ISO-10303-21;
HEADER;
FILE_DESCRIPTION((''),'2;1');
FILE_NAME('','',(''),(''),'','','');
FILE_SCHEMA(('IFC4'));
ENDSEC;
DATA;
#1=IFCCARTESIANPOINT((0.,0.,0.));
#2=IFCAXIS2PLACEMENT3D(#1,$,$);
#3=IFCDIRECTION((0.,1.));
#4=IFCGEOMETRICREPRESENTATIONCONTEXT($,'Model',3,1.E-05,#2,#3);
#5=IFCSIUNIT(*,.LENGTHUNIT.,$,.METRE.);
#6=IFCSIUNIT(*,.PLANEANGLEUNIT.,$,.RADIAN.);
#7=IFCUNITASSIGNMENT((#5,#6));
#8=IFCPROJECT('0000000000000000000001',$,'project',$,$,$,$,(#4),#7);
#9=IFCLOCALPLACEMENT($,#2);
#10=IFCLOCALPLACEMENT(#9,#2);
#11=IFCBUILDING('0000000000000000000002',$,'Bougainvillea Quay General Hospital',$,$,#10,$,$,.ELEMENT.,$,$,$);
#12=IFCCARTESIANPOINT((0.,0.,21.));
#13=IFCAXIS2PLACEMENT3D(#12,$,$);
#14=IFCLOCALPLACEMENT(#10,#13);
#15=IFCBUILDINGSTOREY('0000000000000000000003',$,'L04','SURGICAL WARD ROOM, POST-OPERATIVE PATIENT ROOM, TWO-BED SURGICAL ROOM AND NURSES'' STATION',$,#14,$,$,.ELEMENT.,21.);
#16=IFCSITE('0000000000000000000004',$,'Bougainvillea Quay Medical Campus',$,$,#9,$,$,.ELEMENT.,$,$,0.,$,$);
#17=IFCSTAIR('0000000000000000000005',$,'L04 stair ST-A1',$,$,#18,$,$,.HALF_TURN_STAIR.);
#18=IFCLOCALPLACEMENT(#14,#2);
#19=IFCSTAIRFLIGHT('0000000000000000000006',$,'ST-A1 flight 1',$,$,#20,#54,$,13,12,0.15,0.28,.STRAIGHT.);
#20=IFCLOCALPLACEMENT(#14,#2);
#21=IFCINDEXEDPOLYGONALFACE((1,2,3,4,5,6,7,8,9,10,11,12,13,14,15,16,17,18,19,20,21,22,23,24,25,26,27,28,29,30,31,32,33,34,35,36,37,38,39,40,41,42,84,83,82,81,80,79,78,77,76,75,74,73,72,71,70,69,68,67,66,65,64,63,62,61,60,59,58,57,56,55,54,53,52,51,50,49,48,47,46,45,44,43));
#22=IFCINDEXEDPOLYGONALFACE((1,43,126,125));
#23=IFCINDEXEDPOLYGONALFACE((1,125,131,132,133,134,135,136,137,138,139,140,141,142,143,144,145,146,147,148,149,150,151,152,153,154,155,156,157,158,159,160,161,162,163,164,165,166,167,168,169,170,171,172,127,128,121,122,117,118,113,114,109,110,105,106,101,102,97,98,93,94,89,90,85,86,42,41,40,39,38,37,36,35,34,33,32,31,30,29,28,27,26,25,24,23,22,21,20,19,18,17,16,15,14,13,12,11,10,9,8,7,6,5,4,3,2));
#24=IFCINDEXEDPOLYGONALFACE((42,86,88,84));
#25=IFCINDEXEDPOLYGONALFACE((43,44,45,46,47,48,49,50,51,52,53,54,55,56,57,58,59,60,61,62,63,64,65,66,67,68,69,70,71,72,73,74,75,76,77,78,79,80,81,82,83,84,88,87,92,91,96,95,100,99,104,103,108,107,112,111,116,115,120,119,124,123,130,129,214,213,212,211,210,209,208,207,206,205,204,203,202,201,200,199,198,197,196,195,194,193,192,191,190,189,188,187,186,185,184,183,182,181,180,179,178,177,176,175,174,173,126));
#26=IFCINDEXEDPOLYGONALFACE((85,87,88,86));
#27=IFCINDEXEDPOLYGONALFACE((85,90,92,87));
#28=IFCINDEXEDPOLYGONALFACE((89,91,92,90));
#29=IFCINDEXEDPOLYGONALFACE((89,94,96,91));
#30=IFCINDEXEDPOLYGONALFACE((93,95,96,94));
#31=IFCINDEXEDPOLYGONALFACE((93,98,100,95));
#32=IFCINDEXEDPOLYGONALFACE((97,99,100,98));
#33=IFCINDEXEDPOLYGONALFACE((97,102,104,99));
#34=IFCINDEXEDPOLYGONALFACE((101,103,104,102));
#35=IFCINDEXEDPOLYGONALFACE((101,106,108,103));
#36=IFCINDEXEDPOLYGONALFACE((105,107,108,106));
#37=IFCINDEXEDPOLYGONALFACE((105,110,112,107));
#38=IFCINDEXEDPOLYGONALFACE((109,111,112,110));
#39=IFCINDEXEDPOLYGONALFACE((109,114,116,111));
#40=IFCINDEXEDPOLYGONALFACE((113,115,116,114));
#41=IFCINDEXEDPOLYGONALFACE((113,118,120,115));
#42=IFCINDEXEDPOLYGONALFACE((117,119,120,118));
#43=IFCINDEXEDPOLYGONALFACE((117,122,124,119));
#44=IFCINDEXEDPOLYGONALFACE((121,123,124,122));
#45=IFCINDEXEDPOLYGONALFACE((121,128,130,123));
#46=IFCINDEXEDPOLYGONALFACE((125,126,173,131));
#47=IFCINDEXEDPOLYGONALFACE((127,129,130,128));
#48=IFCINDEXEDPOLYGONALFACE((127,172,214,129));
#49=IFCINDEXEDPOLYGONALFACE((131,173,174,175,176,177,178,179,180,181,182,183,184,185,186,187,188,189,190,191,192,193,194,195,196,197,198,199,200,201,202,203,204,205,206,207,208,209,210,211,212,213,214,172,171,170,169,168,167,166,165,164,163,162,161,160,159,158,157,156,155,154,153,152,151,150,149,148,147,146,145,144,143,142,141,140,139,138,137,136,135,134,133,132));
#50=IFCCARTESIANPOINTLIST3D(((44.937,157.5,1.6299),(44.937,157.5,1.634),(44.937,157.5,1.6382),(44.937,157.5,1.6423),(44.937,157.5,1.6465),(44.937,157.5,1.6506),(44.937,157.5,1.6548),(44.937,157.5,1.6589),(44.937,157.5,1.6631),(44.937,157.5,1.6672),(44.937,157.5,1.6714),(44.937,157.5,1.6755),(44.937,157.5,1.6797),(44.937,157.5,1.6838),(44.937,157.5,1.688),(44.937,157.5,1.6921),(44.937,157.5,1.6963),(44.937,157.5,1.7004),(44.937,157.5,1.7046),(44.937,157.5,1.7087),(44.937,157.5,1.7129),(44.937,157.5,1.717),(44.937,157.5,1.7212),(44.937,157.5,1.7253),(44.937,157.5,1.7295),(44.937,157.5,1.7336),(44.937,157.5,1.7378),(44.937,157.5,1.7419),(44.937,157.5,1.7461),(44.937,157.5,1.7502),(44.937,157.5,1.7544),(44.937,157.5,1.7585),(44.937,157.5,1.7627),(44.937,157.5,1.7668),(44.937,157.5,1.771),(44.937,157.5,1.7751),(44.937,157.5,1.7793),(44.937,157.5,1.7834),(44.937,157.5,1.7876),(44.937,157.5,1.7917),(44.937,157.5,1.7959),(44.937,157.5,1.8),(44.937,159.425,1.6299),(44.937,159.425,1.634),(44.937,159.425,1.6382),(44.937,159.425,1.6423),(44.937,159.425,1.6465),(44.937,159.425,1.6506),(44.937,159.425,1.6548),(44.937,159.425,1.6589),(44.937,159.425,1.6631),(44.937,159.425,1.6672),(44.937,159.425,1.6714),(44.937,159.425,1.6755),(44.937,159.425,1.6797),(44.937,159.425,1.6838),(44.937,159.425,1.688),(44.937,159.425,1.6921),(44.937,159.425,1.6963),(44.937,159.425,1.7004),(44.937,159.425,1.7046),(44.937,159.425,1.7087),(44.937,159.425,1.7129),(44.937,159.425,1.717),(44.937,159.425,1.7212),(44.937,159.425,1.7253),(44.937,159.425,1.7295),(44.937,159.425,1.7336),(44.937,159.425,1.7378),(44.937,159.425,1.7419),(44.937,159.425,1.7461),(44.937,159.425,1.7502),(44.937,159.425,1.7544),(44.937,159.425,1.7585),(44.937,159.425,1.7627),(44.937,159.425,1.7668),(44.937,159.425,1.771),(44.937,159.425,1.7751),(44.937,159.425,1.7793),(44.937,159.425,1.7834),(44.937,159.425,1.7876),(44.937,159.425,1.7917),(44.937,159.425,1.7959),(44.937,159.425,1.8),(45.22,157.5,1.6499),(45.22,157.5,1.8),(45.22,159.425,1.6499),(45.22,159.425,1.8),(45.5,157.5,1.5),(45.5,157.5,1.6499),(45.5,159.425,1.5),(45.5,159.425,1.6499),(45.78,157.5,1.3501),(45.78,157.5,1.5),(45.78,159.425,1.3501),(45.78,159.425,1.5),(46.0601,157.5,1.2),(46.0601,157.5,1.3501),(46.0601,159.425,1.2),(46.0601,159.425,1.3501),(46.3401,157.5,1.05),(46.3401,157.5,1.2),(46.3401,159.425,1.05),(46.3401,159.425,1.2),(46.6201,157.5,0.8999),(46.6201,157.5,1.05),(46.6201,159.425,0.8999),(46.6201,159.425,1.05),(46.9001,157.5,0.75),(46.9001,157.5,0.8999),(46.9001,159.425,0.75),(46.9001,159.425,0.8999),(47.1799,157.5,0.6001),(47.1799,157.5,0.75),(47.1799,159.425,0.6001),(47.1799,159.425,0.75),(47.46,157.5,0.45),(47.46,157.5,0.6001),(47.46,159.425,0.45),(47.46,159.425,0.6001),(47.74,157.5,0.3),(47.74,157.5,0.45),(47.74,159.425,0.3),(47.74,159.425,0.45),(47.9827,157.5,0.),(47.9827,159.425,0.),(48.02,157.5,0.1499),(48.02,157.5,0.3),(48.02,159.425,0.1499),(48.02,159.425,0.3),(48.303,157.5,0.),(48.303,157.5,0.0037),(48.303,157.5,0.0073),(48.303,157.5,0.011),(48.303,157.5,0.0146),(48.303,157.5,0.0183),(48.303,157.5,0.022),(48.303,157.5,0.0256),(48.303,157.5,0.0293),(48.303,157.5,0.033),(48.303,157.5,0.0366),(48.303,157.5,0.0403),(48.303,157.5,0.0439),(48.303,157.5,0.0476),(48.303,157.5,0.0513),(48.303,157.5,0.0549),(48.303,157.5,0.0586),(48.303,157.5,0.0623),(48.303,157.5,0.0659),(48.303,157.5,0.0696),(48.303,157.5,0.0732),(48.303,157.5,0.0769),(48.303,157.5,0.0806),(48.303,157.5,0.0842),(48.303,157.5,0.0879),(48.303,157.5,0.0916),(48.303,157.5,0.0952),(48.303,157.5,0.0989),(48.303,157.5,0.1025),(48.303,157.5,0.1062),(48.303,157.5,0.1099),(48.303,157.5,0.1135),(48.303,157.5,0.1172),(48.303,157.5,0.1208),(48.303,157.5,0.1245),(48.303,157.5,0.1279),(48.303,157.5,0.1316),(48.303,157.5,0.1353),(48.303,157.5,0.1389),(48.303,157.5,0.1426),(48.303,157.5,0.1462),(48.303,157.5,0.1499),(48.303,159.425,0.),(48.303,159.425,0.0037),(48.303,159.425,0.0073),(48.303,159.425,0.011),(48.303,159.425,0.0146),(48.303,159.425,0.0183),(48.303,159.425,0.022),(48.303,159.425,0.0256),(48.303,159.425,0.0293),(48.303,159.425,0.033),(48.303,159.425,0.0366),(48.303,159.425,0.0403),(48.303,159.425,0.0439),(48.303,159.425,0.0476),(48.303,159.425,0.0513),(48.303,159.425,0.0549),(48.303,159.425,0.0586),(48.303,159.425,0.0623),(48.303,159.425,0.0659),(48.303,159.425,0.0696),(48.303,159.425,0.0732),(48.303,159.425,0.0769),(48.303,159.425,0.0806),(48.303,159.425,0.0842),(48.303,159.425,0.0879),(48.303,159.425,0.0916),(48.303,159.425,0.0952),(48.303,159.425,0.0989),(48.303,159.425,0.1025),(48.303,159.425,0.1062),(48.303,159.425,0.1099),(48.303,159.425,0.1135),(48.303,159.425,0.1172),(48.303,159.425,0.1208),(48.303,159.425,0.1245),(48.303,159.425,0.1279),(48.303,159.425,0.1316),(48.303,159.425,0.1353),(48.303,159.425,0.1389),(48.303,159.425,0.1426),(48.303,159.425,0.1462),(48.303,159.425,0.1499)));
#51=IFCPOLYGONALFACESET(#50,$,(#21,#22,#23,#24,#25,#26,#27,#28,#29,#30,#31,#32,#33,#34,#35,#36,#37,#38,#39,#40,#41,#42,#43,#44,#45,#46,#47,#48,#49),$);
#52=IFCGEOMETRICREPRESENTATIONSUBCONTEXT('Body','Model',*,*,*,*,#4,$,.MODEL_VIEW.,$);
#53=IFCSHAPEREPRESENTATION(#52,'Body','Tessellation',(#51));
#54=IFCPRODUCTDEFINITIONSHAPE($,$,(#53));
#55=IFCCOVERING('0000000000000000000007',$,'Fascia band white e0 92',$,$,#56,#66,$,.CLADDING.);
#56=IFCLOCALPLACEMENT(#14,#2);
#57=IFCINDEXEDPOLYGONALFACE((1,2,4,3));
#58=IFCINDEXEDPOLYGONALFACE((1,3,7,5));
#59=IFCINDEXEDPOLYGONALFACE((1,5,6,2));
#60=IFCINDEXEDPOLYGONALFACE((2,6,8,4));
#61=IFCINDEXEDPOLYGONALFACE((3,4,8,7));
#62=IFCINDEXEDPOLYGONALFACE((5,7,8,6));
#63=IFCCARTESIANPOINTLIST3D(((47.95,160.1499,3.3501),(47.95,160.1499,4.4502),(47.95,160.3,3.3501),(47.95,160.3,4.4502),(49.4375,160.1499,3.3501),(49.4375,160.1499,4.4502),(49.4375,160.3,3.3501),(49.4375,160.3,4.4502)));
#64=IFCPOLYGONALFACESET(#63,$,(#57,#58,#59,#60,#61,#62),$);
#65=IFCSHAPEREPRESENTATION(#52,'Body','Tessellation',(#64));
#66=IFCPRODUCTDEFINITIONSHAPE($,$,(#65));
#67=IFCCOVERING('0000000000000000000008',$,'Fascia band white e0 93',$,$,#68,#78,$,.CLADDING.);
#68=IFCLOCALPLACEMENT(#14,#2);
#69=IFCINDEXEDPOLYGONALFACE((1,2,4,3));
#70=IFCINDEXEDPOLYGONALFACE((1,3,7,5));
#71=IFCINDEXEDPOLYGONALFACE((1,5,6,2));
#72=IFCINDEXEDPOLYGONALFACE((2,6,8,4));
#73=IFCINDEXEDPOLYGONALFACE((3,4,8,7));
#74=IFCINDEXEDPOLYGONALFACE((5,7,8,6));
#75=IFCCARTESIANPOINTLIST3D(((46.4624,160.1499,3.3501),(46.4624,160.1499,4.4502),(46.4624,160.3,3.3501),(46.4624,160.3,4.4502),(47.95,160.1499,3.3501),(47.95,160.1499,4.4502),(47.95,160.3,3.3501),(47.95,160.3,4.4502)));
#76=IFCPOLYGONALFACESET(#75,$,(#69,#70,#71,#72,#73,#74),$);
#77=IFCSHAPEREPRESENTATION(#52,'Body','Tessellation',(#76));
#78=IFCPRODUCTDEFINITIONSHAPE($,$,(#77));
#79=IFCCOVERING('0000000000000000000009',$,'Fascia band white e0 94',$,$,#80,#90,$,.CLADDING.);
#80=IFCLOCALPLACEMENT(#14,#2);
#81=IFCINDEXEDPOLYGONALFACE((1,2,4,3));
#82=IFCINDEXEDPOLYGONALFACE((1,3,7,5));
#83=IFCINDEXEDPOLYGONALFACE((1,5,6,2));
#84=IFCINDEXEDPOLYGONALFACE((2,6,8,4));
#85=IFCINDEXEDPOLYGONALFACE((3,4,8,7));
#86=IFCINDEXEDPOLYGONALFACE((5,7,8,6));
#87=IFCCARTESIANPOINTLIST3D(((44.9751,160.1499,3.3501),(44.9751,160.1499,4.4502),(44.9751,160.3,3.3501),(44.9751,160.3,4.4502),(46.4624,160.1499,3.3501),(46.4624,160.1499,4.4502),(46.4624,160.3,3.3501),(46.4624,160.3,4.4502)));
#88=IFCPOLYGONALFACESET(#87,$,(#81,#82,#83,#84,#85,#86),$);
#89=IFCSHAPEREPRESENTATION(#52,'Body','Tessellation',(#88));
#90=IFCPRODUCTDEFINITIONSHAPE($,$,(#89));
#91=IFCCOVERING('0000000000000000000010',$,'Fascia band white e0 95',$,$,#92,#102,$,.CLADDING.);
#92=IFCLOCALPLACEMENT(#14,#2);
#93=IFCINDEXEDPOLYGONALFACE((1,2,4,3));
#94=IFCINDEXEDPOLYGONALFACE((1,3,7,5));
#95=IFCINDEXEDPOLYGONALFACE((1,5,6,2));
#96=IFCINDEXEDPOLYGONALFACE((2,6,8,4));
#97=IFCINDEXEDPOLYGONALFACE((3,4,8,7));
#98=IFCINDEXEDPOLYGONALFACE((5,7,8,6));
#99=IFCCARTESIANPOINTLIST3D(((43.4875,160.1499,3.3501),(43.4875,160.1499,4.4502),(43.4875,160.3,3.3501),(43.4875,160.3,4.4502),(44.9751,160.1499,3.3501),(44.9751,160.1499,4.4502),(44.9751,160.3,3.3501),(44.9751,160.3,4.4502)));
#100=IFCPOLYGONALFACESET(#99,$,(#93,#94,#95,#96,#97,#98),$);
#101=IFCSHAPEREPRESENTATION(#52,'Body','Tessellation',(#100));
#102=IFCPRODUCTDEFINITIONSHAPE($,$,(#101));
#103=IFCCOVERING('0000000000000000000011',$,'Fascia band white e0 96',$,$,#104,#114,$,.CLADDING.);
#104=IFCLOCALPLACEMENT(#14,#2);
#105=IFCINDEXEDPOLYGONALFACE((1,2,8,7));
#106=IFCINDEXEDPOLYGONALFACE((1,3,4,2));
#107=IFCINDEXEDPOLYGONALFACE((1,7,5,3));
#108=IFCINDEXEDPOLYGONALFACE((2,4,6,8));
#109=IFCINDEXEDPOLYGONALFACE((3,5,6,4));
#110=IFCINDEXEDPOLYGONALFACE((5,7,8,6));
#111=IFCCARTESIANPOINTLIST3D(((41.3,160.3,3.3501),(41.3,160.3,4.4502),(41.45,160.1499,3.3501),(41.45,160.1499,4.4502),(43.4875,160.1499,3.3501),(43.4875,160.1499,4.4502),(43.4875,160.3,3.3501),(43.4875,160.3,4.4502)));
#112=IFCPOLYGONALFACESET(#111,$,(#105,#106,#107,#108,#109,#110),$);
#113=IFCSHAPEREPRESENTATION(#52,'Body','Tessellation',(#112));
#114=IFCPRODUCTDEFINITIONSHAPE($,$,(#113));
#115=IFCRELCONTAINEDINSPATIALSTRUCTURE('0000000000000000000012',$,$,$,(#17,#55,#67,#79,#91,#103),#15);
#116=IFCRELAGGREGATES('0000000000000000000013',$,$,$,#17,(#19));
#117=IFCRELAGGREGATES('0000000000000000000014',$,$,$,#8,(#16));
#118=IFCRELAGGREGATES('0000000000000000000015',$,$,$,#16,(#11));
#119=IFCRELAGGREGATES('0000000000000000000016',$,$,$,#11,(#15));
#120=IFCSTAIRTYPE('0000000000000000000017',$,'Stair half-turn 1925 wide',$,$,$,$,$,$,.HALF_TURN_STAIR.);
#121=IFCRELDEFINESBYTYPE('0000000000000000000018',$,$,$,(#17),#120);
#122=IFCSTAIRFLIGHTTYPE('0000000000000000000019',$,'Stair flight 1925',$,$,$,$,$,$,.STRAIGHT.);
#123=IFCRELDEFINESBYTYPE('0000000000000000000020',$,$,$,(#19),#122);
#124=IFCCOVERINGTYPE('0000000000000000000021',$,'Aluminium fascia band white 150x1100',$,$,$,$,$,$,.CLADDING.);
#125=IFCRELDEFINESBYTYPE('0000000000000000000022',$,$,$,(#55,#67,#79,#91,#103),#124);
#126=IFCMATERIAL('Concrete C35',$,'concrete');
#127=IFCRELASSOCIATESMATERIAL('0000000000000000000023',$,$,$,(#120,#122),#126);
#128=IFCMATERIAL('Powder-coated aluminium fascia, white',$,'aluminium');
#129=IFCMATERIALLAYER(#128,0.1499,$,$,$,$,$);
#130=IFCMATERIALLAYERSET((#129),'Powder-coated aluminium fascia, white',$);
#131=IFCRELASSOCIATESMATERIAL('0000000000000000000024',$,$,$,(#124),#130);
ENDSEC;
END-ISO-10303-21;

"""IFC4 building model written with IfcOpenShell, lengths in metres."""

from ifc_helpers import new_model, si_unit, direction, frame, origin, place, context, subcontext, project, spatial, polyline, outline, extrude, material, layer, layer_set, type_object, element, aggregate, save


model = new_model("IFC4")

# Units and contexts
model_context = context("Model", 3, precision=1e-05, world=origin(), true_north=direction((0.0, 1.0)))
body_context = subcontext(model_context, "Body", "Model", "MODEL_VIEW")
ifc_project = project(units=[si_unit("LENGTHUNIT", "METRE"), si_unit("PLANEANGLEUNIT", "RADIAN")], contexts=[model_context])

# Site, building, storey
site_placement = place(None, origin())
site = spatial("IfcSite", under=ifc_project, at=site_placement, Name="Bougainvillea Quay Medical Campus", CompositionType="ELEMENT", RefElevation=0.0)
building_placement = place(site_placement, origin())
building = spatial("IfcBuilding", under=site, at=building_placement, Name="Bougainvillea Quay General Hospital", CompositionType="ELEMENT")
storey_placement = place(building_placement, frame((0.0, 0.0, 21.0)))
storey = spatial("IfcBuildingStorey", under=building, at=storey_placement, Name="L04", Description="SURGICAL WARD ROOM, POST-OPERATIVE PATIENT ROOM, TWO-BED SURGICAL ROOM AND NURSES' STATION", CompositionType="ELEMENT", Elevation=21.0)

# Stair, stair flight
ifc_material_1 = material(Name="Concrete C35", Category="concrete")
stair_type = type_object("IfcStairType", Name="Stair half-turn 1925 wide", PredefinedType="HALF_TURN_STAIR", material=ifc_material_1)
stair_placement = place(storey_placement, origin())
stair = element("IfcStair", 1, at=stair_placement, inside=storey, type_object=stair_type, Name="L04 stair ST-A1", PredefinedType="HALF_TURN_STAIR")
stair_flight_type = type_object("IfcStairFlightType", Name="Stair flight 1925", PredefinedType="STRAIGHT", material=ifc_material_1)
stair_flight_1_placement = place(storey_placement, frame((48.3, 158.4624, 0.0), z_axis=(0.0, 0.0, 1.0), x_axis=(-1.0, 0.0, 0.0)))
stair_flight_1 = element("IfcStairFlight", 2, at=stair_flight_1_placement, type_object=stair_flight_type, Name="ST-A1 flight 1", NumberOfRisers=13, NumberOfTreads=12, PredefinedType="STRAIGHT", RiserHeight=0.15, TreadLength=0.28, context=body_context, shape_type="SweptSolid", body=[
    extrude(outline(polyline([(-0.0029, 0.0), (-0.0029, 0.0037), (-0.0029, 0.0073), (-0.0029, 0.011), (-0.0029, 0.0146), (-0.0029, 0.0183), (-0.0029, 0.022), (-0.0029, 0.0256), (-0.0029, 0.0293), (-0.0029, 0.033), (-0.0029, 0.0366), (-0.0029, 0.0403), (-0.0029, 0.0439), (-0.0029, 0.0476), (-0.0029, 0.0513), (-0.0029, 0.0549), (-0.0029, 0.0586), (-0.0029, 0.0623), (-0.0029, 0.0659), (-0.0029, 0.0696), (-0.0029, 0.0732), (-0.0029, 0.0769), (-0.0029, 0.0806), (-0.0029, 0.0842), (-0.0029, 0.0879), (-0.0029, 0.0916), (-0.0029, 0.0952), (-0.0029, 0.0989), (-0.0029, 0.1025), (-0.0029, 0.1062), (-0.0029, 0.1099), (-0.0029, 0.1135), (-0.0029, 0.1172), (-0.0029, 0.1208), (-0.0029, 0.1245), (-0.0029, 0.1279), (-0.0029, 0.1316), (-0.0029, 0.1353), (-0.0029, 0.1389), (-0.0029, 0.1426), (-0.0029, 0.1462), (-0.0029, 0.1499), (0.28, 0.1499), (0.28, 0.3), (0.5601, 0.3), (0.5601, 0.45), (0.8401, 0.45), (0.8401, 0.6001), (1.1201, 0.6001), (1.1201, 0.75), (1.3999, 0.75), (1.3999, 0.8999), (1.6799, 0.8999), (1.6799, 1.05), (1.96, 1.05), (1.96, 1.2), (2.24, 1.2), (2.24, 1.3501), (2.52, 1.3501), (2.52, 1.5), (2.8, 1.5), (2.8, 1.6499), (3.0801, 1.6499), (3.0801, 1.8), (3.363, 1.8), (3.363, 1.7959), (3.363, 1.7917), (3.363, 1.7876), (3.363, 1.7834), (3.363, 1.7793), (3.363, 1.7751), (3.363, 1.771), (3.363, 1.7668), (3.363, 1.7627), (3.363, 1.7585), (3.363, 1.7544), (3.363, 1.7502), (3.363, 1.7461), (3.363, 1.7419), (3.363, 1.7378), (3.363, 1.7336), (3.363, 1.7295), (3.363, 1.7253), (3.363, 1.7212), (3.363, 1.717), (3.363, 1.7129), (3.363, 1.7087), (3.363, 1.7046), (3.363, 1.7004), (3.363, 1.6963), (3.363, 1.6921), (3.363, 1.688), (3.363, 1.6838), (3.363, 1.6797), (3.363, 1.6755), (3.363, 1.6714), (3.363, 1.6672), (3.363, 1.6631), (3.363, 1.6589), (3.363, 1.6548), (3.363, 1.6506), (3.363, 1.6465), (3.363, 1.6423), (3.363, 1.6382), (3.363, 1.634), (3.363, 1.6299), (0.3174, 0.0), (-0.0029, 0.0)])), frame((0.0, 0.9624, 0.0), z_axis=(0.0, -1.0, 0.0), x_axis=(1.0, 0.0, 0.0)), (0.0, 0.0, 1.0), 1.925),
])
aggregate(stair, [stair_flight_1])

# Coverings
ifc_material_2 = material(Name="Powder-coated aluminium fascia, white", Category="aluminium")
ifc_layer_1 = layer(ifc_material_2, 0.1499)
ifc_layer_set_1 = layer_set([ifc_layer_1], Name="Powder-coated aluminium fascia, white")
covering_type = type_object("IfcCoveringType", Name="Aluminium fascia band white 150x1100", PredefinedType="CLADDING", material=ifc_layer_set_1)
for number, where, z_axis, x_axis, name in (
    (3, (49.4375, 160.1499, 3.3501), (0.0, 0.0, 1.0), (-1.0, 0.0, 0.0), "Fascia band white e0 92"),
    (4, (47.95, 160.1499, 3.3501), (0.0, 0.0, 1.0), (-1.0, 0.0, 0.0), "Fascia band white e0 93"),
):
    element("IfcCovering", number, at=place(storey_placement, frame(where, z_axis=z_axis, x_axis=x_axis)), inside=storey, type_object=covering_type, Name=name, PredefinedType="CLADDING", context=body_context, shape_type="SweptSolid", body=[
        extrude(outline(polyline([(0.0, 0.0), (1.4875, 0.0), (1.4875, -0.1501), (0.0, -0.1501), (0.0, 0.0)])), origin(), (0.0, 0.0, 1.0), 1.1001),
    ])
covering_1_placement = place(storey_placement, frame((46.4624, 160.1499, 3.3501), z_axis=(0.0, 0.0, 1.0), x_axis=(-1.0, 0.0, 0.0)))
element("IfcCovering", 5, at=covering_1_placement, inside=storey, type_object=covering_type, Name="Fascia band white e0 94", PredefinedType="CLADDING", context=body_context, shape_type="SweptSolid", body=[
    extrude(outline(polyline([(0.0, 0.0), (1.4873, 0.0), (1.4873, -0.1501), (0.0, -0.1501), (0.0, 0.0)])), origin(), (0.0, 0.0, 1.0), 1.1001),
])
covering_2_placement = place(storey_placement, frame((44.9751, 160.1499, 3.3501), z_axis=(0.0, 0.0, 1.0), x_axis=(-1.0, 0.0, 0.0)))
element("IfcCovering", 6, at=covering_2_placement, inside=storey, type_object=covering_type, Name="Fascia band white e0 95", PredefinedType="CLADDING", context=body_context, shape_type="SweptSolid", body=[
    extrude(outline(polyline([(0.0, 0.0), (1.4875, 0.0), (1.4875, -0.1501), (0.0, -0.1501), (0.0, 0.0)])), origin(), (0.0, 0.0, 1.0), 1.1001),
])
covering_3_placement = place(storey_placement, frame((43.4875, 160.1499, 3.3501), z_axis=(0.0, 0.0, 1.0), x_axis=(-1.0, 0.0, 0.0)))
element("IfcCovering", 7, at=covering_3_placement, inside=storey, type_object=covering_type, Name="Fascia band white e0 96", PredefinedType="CLADDING", context=body_context, shape_type="SweptSolid", body=[
    extrude(outline(polyline([(0.0, 0.0), (2.0376, 0.0), (2.1875, -0.1501), (0.0, -0.1501), (0.0, 0.0)])), origin(), (0.0, 0.0, 1.0), 1.1001),
])

save(model, "model.ifc")
